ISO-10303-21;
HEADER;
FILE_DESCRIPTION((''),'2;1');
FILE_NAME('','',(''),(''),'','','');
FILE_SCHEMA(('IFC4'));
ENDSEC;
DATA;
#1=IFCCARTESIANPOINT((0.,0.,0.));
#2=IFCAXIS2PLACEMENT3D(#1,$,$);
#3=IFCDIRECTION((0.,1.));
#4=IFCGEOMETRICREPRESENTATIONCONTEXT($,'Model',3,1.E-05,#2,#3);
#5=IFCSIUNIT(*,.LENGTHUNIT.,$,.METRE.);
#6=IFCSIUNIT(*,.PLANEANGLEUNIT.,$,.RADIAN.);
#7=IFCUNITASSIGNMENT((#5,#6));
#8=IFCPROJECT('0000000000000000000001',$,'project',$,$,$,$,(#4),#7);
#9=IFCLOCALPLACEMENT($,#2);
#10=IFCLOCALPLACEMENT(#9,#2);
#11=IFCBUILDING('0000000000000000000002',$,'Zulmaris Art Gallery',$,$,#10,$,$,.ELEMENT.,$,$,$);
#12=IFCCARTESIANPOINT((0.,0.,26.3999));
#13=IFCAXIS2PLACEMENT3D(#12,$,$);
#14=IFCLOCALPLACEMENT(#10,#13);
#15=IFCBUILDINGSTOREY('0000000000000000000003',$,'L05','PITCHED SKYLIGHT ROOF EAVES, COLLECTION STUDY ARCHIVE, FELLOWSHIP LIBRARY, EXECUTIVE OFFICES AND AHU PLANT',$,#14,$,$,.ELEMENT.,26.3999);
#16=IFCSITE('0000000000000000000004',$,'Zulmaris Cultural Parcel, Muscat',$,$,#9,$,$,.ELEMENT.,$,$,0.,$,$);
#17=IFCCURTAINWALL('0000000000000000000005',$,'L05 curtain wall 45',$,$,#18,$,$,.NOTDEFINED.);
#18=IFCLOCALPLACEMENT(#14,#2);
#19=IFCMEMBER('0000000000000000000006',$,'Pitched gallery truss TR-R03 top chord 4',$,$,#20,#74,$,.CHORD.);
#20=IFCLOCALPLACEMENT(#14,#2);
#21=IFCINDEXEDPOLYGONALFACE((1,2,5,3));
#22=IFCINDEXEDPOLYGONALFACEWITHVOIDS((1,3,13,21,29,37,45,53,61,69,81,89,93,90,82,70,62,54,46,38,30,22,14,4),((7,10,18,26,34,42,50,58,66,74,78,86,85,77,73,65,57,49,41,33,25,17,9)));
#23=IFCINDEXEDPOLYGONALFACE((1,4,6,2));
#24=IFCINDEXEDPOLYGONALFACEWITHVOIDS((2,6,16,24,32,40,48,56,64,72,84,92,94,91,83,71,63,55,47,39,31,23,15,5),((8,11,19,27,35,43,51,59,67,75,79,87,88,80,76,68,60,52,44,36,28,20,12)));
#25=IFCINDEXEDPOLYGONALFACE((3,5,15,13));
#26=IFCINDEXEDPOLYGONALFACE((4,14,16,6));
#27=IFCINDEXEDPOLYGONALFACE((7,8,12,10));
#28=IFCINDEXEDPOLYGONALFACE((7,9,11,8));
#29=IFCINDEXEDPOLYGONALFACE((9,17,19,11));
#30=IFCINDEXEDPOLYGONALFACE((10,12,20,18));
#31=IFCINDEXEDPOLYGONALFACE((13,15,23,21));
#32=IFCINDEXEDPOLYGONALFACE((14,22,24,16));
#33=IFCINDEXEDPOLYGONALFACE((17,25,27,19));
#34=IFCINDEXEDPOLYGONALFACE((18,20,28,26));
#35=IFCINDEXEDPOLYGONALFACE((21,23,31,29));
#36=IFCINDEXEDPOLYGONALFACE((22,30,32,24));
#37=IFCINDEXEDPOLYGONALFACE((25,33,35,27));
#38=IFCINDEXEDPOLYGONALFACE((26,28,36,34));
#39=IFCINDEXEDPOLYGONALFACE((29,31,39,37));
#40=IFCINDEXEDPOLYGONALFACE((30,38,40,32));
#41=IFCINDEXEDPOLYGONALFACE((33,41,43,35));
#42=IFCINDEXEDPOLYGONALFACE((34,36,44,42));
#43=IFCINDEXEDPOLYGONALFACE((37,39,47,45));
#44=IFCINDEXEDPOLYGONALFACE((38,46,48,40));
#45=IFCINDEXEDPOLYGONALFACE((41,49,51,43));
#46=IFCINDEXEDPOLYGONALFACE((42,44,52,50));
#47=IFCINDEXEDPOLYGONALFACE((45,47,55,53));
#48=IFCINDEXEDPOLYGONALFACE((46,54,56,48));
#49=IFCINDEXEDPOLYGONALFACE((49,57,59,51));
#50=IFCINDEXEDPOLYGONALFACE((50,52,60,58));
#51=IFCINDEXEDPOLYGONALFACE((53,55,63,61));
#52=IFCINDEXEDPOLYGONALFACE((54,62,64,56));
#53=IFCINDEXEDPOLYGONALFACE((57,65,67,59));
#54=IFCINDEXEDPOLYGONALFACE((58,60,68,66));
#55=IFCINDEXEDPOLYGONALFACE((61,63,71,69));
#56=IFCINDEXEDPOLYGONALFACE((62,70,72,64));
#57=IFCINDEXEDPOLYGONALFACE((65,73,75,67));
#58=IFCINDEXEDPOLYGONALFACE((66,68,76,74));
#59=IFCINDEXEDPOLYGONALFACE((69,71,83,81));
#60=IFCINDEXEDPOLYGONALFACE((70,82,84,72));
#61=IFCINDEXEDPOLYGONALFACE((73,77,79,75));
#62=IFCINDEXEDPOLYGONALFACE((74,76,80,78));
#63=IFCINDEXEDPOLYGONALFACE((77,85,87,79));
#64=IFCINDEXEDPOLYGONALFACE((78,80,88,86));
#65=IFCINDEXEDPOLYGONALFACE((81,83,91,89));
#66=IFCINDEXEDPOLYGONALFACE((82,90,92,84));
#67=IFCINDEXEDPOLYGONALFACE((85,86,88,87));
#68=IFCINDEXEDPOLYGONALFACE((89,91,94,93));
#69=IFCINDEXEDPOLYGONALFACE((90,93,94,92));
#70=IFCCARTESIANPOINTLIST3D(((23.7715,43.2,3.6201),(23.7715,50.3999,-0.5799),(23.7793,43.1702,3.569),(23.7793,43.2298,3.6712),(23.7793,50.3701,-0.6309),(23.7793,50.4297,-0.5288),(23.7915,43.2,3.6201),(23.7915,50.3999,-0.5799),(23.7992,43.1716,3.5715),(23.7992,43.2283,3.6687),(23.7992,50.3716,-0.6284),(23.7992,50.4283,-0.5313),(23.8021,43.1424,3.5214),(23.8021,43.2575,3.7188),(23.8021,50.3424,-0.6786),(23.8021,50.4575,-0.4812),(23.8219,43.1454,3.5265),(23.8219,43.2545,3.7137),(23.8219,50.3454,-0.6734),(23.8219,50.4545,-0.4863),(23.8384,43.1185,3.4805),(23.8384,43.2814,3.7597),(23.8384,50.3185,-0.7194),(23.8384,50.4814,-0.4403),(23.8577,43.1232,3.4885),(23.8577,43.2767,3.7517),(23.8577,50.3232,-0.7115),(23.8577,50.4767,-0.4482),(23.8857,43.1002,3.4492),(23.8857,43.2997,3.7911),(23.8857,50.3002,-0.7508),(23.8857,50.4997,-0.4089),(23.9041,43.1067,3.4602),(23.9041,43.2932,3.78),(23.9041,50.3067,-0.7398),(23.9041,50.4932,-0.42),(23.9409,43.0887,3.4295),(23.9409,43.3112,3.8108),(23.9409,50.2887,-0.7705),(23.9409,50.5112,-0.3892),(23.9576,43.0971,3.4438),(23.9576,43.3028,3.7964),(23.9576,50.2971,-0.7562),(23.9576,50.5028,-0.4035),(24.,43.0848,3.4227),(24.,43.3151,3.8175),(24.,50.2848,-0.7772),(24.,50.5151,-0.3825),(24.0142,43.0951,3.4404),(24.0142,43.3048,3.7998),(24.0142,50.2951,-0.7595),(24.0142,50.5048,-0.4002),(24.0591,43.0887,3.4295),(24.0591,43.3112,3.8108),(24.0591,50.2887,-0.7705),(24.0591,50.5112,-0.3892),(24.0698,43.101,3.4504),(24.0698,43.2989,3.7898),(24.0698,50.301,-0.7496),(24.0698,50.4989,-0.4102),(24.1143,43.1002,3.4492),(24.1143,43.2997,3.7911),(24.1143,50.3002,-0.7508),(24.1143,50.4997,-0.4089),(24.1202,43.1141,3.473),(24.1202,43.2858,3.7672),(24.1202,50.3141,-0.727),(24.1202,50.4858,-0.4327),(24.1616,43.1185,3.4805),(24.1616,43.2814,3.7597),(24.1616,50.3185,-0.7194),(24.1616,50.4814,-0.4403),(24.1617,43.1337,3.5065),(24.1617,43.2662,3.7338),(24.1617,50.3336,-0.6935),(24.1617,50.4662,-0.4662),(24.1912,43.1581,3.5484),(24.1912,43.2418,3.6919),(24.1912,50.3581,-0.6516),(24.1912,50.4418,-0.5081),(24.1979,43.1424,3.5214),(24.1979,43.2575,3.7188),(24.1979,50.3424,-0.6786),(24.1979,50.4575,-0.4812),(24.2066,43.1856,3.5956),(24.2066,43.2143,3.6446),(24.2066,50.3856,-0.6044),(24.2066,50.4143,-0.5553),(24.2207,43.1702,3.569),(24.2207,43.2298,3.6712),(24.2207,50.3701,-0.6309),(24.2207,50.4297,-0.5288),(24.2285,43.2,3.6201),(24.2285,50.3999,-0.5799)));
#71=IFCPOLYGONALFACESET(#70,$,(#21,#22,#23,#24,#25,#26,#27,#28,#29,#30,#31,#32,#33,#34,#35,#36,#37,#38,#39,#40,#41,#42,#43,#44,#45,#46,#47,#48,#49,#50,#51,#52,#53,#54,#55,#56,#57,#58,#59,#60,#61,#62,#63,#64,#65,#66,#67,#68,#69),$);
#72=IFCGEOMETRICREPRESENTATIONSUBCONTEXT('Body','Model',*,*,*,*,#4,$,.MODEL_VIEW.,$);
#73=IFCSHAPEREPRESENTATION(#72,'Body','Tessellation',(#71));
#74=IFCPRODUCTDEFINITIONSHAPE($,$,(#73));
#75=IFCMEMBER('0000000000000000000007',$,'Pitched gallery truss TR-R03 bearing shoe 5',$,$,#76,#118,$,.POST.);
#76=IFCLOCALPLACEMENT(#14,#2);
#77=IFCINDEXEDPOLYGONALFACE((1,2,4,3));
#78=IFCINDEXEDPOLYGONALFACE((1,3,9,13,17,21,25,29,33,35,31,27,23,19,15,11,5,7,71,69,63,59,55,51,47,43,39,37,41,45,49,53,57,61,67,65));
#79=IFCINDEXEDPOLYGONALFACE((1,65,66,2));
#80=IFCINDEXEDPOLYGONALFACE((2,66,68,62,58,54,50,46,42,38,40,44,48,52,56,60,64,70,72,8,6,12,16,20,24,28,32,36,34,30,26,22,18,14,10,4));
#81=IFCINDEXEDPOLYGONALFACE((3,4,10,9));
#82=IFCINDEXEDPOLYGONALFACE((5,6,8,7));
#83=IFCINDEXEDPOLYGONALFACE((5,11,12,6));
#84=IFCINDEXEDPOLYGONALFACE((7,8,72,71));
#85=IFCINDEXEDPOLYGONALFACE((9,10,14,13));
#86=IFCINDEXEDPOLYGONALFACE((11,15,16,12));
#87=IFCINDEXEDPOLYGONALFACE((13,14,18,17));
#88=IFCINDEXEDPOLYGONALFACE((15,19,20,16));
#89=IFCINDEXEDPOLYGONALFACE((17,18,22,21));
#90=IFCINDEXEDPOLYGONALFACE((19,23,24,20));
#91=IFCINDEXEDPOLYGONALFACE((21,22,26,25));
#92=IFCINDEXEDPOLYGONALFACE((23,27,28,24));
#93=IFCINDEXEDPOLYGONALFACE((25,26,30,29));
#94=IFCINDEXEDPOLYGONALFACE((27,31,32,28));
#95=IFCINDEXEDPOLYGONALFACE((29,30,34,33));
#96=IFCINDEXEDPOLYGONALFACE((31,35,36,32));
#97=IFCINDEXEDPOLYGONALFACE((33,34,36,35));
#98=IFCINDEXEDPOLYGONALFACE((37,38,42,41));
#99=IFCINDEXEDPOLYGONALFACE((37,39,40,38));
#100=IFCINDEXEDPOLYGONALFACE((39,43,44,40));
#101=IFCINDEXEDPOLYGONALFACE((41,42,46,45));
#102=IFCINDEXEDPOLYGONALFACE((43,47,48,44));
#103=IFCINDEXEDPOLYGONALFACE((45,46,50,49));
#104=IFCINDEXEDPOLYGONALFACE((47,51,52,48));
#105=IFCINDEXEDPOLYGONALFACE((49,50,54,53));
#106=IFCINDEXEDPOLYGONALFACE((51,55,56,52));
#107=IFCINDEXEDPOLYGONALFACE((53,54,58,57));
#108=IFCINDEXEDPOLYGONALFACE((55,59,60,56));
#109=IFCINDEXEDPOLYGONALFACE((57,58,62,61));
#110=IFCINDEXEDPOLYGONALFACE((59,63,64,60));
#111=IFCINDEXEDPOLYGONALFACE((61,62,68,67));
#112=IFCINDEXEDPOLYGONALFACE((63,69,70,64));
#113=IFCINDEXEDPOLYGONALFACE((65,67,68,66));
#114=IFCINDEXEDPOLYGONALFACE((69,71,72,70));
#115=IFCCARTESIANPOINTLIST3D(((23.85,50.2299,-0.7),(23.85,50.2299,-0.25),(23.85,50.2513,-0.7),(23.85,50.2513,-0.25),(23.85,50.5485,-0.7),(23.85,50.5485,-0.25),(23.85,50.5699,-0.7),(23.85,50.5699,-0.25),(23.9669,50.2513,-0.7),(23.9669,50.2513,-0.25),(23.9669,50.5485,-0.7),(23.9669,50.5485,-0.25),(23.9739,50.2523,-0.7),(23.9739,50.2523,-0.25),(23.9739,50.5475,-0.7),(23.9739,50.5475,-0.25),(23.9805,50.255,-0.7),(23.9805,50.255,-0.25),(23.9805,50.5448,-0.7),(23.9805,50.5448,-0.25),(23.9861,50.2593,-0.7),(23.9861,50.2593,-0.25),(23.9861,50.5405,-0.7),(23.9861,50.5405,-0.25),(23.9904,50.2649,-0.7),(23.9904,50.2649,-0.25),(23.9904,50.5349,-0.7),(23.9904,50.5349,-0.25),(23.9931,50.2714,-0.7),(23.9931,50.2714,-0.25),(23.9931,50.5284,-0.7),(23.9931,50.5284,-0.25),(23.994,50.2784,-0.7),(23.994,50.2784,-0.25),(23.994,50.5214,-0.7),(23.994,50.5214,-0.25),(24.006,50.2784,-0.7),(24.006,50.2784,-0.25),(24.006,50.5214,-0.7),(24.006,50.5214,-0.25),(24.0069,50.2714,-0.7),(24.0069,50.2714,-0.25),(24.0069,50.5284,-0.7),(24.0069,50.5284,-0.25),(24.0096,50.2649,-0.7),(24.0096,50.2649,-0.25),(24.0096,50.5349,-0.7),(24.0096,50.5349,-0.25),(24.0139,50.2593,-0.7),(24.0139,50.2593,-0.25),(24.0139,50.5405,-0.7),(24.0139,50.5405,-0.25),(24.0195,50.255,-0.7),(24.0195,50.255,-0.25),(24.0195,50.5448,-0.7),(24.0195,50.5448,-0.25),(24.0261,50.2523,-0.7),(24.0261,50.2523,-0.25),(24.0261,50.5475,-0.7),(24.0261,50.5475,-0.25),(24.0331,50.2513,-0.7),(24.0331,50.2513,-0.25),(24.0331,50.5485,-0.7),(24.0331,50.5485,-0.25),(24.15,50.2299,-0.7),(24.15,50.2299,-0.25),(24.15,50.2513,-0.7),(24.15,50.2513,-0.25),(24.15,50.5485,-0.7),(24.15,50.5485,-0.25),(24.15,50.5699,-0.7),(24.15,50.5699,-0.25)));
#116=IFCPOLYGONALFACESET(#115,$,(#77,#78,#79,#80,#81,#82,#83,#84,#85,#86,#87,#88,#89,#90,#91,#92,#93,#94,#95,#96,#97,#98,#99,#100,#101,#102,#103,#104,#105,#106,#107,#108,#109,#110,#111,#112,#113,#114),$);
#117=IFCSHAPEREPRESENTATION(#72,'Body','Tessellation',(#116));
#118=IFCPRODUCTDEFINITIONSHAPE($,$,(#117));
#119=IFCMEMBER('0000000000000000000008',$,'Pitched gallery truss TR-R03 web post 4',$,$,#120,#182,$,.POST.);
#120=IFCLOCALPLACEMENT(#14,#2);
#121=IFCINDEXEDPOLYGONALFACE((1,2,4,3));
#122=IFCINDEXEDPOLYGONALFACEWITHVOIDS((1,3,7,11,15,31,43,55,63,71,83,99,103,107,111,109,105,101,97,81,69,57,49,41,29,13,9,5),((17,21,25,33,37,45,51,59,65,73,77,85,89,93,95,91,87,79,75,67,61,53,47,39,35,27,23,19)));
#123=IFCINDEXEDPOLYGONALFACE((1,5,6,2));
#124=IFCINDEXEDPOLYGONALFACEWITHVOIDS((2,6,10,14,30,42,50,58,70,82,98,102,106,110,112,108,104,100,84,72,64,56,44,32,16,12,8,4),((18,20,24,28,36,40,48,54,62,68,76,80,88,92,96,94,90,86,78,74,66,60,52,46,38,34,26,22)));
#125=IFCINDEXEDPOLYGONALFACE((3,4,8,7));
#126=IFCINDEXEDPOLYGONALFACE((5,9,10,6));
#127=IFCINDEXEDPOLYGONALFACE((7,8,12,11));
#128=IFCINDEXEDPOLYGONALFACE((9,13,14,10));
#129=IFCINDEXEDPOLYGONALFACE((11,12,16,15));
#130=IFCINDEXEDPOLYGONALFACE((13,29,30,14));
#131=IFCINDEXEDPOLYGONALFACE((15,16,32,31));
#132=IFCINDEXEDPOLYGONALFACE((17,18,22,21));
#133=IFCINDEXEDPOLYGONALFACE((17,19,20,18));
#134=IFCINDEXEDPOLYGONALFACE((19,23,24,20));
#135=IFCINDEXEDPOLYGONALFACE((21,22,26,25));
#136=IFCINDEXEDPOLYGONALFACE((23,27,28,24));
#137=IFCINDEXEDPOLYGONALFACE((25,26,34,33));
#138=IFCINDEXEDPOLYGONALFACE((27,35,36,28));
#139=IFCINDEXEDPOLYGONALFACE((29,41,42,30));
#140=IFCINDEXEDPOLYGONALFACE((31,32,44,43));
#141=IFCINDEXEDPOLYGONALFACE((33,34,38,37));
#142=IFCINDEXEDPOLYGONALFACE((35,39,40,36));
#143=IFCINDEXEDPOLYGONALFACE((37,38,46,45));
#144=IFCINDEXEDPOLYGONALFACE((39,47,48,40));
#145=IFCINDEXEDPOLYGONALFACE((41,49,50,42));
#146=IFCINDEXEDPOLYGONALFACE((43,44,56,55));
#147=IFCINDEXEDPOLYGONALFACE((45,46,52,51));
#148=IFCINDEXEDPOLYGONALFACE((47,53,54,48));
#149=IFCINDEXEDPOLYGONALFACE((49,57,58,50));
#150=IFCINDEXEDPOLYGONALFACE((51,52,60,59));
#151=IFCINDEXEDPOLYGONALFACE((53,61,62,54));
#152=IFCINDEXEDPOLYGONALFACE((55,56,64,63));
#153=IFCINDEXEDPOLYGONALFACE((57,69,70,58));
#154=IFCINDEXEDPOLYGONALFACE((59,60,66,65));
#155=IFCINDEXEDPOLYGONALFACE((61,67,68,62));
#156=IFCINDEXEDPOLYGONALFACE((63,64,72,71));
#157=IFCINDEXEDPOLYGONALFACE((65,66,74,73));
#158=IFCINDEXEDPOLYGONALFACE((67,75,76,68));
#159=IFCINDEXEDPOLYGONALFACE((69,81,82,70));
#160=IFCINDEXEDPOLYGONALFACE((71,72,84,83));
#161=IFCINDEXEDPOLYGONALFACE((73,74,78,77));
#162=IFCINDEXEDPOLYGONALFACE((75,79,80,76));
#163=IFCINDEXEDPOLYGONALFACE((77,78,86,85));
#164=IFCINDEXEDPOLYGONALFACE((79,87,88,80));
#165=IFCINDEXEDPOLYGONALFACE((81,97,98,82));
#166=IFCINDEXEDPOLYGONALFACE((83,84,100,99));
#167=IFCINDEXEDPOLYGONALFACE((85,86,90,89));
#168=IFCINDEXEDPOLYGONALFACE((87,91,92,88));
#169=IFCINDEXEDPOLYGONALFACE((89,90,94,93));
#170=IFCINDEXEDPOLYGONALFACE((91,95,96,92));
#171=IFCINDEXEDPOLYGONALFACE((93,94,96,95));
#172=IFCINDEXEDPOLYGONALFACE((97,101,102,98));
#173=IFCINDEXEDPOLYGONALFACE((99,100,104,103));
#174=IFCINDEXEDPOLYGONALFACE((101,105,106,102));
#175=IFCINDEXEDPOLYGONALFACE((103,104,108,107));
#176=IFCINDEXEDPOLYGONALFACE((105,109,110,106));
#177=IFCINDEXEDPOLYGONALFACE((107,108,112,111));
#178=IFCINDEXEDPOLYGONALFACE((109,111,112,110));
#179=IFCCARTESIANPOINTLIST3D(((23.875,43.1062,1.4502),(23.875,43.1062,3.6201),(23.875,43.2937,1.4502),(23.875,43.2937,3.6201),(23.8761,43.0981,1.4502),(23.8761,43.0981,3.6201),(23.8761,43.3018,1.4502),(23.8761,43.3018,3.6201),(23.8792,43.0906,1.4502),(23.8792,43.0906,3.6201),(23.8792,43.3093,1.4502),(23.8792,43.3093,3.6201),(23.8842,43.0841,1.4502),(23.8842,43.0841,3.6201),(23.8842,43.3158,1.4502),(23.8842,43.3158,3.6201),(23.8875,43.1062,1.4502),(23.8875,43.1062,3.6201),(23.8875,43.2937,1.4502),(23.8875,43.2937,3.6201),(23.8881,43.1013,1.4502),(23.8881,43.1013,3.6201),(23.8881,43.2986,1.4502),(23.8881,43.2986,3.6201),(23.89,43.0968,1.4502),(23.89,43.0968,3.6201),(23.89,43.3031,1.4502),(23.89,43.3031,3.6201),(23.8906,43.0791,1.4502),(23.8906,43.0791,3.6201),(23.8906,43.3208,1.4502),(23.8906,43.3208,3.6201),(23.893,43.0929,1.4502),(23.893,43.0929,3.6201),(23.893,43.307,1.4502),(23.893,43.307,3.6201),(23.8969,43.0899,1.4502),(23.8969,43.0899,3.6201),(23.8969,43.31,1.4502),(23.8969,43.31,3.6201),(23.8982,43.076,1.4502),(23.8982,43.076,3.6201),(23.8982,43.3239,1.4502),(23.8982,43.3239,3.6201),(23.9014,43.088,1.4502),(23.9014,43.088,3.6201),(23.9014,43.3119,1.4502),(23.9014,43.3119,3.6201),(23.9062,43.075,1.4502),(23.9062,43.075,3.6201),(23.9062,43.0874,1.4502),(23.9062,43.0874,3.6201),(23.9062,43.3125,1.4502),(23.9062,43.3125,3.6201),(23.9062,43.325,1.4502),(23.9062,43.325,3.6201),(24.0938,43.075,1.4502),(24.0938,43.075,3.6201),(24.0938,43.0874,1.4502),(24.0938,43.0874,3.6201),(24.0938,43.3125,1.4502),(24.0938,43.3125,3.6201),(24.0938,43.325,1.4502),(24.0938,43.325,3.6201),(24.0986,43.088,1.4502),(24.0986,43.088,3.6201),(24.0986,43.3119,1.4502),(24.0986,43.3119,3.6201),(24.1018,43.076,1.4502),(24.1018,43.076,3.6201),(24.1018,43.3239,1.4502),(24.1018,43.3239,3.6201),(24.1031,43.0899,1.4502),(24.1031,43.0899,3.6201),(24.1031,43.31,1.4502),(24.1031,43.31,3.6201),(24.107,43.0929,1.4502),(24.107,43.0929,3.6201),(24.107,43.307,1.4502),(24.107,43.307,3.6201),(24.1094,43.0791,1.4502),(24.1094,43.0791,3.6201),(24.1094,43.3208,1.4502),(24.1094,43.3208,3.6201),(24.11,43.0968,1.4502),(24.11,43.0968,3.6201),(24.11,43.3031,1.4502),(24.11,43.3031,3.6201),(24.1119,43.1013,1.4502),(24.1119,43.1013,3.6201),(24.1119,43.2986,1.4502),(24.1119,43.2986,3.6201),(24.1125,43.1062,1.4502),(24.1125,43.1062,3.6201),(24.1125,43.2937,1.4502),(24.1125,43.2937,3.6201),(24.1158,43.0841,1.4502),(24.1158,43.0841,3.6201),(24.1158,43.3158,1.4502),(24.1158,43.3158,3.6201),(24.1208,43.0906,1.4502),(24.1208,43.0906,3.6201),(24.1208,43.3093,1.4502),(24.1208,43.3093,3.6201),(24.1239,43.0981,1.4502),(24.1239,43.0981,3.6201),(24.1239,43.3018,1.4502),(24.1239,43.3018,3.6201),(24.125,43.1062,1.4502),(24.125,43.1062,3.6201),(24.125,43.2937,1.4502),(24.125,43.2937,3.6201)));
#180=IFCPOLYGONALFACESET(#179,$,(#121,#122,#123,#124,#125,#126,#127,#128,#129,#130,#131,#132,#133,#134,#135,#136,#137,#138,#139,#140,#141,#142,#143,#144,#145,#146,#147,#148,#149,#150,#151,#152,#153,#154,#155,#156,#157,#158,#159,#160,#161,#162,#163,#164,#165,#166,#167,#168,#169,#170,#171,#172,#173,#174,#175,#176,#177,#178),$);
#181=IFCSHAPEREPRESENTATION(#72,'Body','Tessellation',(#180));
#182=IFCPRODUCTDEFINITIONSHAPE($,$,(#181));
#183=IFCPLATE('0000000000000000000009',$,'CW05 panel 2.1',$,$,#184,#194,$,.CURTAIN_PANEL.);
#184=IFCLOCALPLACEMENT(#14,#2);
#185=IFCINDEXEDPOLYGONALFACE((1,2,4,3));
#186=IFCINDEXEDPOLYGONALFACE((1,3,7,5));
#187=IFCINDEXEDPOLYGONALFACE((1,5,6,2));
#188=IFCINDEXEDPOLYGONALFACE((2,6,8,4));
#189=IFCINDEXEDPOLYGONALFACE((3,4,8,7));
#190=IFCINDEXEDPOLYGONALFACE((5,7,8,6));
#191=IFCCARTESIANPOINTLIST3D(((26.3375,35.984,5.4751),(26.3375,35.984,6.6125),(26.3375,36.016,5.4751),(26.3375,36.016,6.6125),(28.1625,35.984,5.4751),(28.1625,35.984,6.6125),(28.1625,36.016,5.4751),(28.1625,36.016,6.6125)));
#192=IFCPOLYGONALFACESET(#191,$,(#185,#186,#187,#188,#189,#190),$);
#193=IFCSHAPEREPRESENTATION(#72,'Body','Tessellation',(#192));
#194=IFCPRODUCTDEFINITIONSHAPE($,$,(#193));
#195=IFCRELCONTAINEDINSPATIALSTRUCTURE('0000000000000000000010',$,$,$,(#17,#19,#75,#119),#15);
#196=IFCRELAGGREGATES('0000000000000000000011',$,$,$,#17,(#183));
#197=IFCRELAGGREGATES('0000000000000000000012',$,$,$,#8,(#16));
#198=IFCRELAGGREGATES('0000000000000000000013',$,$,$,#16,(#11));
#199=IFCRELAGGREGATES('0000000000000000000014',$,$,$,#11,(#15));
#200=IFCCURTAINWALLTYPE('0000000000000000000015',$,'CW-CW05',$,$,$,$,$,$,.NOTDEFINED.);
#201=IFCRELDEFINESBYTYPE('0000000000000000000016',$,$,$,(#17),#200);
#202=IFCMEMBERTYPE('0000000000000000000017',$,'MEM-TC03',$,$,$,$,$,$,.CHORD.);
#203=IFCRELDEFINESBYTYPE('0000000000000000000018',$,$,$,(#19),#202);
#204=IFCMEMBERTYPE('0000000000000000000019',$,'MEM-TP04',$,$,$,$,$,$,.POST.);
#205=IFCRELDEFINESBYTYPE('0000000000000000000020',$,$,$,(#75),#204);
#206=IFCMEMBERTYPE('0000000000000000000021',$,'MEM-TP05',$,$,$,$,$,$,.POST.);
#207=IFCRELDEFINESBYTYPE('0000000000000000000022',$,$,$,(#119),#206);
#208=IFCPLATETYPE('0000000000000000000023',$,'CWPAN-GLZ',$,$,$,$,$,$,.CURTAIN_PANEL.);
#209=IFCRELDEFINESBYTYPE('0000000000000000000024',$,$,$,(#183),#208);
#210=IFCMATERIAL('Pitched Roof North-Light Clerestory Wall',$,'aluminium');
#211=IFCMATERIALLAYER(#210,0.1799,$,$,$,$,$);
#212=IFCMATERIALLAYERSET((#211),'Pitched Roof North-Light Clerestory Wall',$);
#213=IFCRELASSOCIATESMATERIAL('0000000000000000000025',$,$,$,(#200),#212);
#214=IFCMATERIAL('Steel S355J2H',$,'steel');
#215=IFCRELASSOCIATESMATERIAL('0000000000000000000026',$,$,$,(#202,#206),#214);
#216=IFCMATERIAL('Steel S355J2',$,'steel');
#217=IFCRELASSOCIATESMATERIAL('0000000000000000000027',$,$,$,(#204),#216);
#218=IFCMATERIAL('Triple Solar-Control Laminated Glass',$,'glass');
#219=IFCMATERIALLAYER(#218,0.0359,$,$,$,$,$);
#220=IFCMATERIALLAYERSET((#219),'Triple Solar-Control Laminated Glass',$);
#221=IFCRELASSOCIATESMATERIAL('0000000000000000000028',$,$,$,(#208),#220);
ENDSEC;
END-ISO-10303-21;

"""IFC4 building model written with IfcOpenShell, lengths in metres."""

from ifc_helpers import new_model, si_unit, direction, frame, origin, origin_2d, place, context, subcontext, project, spatial, rectangle, hollow_rectangle, hollow_circle, i_section, extrude, material, layer, layer_set, material_profile, profile_set, type_object, element, aggregate, save


model = new_model("IFC4")

# Units and contexts
model_context = context("Model", 3, precision=1e-05, world=origin(), true_north=direction((0.0, 1.0)))
body_context = subcontext(model_context, "Body", "Model", "MODEL_VIEW")
ifc_project = project(units=[si_unit("LENGTHUNIT", "METRE"), si_unit("PLANEANGLEUNIT", "RADIAN")], contexts=[model_context])

# Site, building, storey
site_placement = place(None, origin())
site = spatial("IfcSite", under=ifc_project, at=site_placement, Name="Zulmaris Cultural Parcel, Muscat", CompositionType="ELEMENT", RefElevation=0.0)
building_placement = place(site_placement, origin())
building = spatial("IfcBuilding", under=site, at=building_placement, Name="Zulmaris Art Gallery", CompositionType="ELEMENT")
storey_placement = place(building_placement, frame((0.0, 0.0, 26.3999)))
storey = spatial("IfcBuildingStorey", under=building, at=storey_placement, Name="L05", Description="PITCHED SKYLIGHT ROOF EAVES, COLLECTION STUDY ARCHIVE, FELLOWSHIP LIBRARY, EXECUTIVE OFFICES AND AHU PLANT", CompositionType="ELEMENT", Elevation=26.3999)

# Curtain wall
ifc_material_1 = material(Name="Pitched Roof North-Light Clerestory Wall", Category="aluminium")
ifc_layer_1 = layer(ifc_material_1, 0.1799)
ifc_layer_set_1 = layer_set([ifc_layer_1], Name="Pitched Roof North-Light Clerestory Wall")
curtain_wall_type = type_object("IfcCurtainWallType", Name="CW-CW05", PredefinedType="NOTDEFINED", material=ifc_layer_set_1)
curtain_wall_placement = place(storey_placement, origin())
curtain_wall = element("IfcCurtainWall", 1, at=curtain_wall_placement, inside=storey, type_object=curtain_wall_type, Name="L05 curtain wall 45", PredefinedType="NOTDEFINED")

# Members
ifc_material_2 = material(Name="Steel S355J2H", Category="steel")
ifc_material_3 = material(Name="Steel S355J2", Category="steel")
ifc_material_profile_1 = material_profile(ifc_material_2, hollow_circle(Radius=0.2285, WallThickness=0.02, at=origin_2d()), Name="CHS 457x20")
ifc_profile_set_1 = profile_set([ifc_material_profile_1], Name="Steel S355J2H")
member_type_1 = type_object("IfcMemberType", Name="MEM-TC03", PredefinedType="CHORD", material=ifc_profile_set_1)
member_1_placement = place(storey_placement, frame((24.0, 43.2, 3.6201), z_axis=(0.0, 0.86378, -0.503869), x_axis=(-1.0, 0.0, 0.0)))
element("IfcMember", 2, at=member_1_placement, inside=storey, type_object=member_type_1, Name="Pitched gallery truss TR-R03 top chord 4", PredefinedType="CHORD", context=body_context, shape_type="SweptSolid", body=[
    extrude(hollow_circle(Radius=0.2285, WallThickness=0.02, at=origin_2d()), origin(), (0.0, 0.0, 1.0), 8.3354),
])
ifc_material_profile_2 = material_profile(ifc_material_3, i_section(OverallWidth=0.3, OverallDepth=0.3401, WebThickness=0.012, FlangeThickness=0.0215, FilletRadius=0.0271, at=origin_2d()), Name="HEB 340")
ifc_profile_set_2 = profile_set([ifc_material_profile_2], Name="Steel S355J2")
member_type_2 = type_object("IfcMemberType", Name="MEM-TP04", PredefinedType="POST", material=ifc_profile_set_2)
member_2_placement = place(storey_placement, frame((24.0, 50.3999, -0.7), z_axis=(0.0, 0.0, 1.0), x_axis=(1.0, 0.0, 0.0)))
element("IfcMember", 3, at=member_2_placement, inside=storey, type_object=member_type_2, Name="Pitched gallery truss TR-R03 bearing shoe 5", PredefinedType="POST", context=body_context, shape_type="SweptSolid", body=[
    extrude(i_section(OverallWidth=0.3, OverallDepth=0.3401, WebThickness=0.012, FlangeThickness=0.0215, FilletRadius=0.0271, at=origin_2d()), origin(), (0.0, 0.0, 1.0), 0.45),
])
ifc_material_profile_3 = material_profile(ifc_material_2, hollow_rectangle(XDim=0.25, YDim=0.25, WallThickness=0.0125, InnerFilletRadius=0.0188, OuterFilletRadius=0.0312, at=origin_2d()), Name="SHS 250x250x12.5")
ifc_profile_set_3 = profile_set([ifc_material_profile_3], Name="Steel S355J2H")
member_type_3 = type_object("IfcMemberType", Name="MEM-TP05", PredefinedType="POST", material=ifc_profile_set_3)
member_3_placement = place(storey_placement, frame((24.0, 43.2, 1.4502), z_axis=(0.0, 0.0, 1.0), x_axis=(1.0, 0.0, 0.0)))
element("IfcMember", 4, at=member_3_placement, inside=storey, type_object=member_type_3, Name="Pitched gallery truss TR-R03 web post 4", PredefinedType="POST", context=body_context, shape_type="SweptSolid", body=[
    extrude(hollow_rectangle(XDim=0.25, YDim=0.25, WallThickness=0.0125, InnerFilletRadius=0.0188, OuterFilletRadius=0.0312, at=origin_2d()), origin(), (0.0, 0.0, 1.0), 2.1699),
])

# Plate
ifc_material_4 = material(Name="Triple Solar-Control Laminated Glass", Category="glass")
ifc_layer_2 = layer(ifc_material_4, 0.0359)
ifc_layer_set_2 = layer_set([ifc_layer_2], Name="Triple Solar-Control Laminated Glass")
plate_type_1 = type_object("IfcPlateType", Name="CWPAN-GLZ", PredefinedType="CURTAIN_PANEL", material=ifc_layer_set_2)
plate_1_placement = place(storey_placement, frame((27.25, 36.0, 5.4751), z_axis=(0.0, 0.0, 1.0), x_axis=(1.0, 0.0, 0.0)))
plate_1 = element("IfcPlate", 5, at=plate_1_placement, type_object=plate_type_1, Name="CW05 panel 2.1", PredefinedType="CURTAIN_PANEL", context=body_context, shape_type="SweptSolid", body=[
    extrude(rectangle(XDim=1.825, YDim=0.032, at=origin_2d()), origin(), (0.0, 0.0, 1.0), 1.1375),
])
aggregate(curtain_wall, [plate_1])

save(model, "model.ifc")
